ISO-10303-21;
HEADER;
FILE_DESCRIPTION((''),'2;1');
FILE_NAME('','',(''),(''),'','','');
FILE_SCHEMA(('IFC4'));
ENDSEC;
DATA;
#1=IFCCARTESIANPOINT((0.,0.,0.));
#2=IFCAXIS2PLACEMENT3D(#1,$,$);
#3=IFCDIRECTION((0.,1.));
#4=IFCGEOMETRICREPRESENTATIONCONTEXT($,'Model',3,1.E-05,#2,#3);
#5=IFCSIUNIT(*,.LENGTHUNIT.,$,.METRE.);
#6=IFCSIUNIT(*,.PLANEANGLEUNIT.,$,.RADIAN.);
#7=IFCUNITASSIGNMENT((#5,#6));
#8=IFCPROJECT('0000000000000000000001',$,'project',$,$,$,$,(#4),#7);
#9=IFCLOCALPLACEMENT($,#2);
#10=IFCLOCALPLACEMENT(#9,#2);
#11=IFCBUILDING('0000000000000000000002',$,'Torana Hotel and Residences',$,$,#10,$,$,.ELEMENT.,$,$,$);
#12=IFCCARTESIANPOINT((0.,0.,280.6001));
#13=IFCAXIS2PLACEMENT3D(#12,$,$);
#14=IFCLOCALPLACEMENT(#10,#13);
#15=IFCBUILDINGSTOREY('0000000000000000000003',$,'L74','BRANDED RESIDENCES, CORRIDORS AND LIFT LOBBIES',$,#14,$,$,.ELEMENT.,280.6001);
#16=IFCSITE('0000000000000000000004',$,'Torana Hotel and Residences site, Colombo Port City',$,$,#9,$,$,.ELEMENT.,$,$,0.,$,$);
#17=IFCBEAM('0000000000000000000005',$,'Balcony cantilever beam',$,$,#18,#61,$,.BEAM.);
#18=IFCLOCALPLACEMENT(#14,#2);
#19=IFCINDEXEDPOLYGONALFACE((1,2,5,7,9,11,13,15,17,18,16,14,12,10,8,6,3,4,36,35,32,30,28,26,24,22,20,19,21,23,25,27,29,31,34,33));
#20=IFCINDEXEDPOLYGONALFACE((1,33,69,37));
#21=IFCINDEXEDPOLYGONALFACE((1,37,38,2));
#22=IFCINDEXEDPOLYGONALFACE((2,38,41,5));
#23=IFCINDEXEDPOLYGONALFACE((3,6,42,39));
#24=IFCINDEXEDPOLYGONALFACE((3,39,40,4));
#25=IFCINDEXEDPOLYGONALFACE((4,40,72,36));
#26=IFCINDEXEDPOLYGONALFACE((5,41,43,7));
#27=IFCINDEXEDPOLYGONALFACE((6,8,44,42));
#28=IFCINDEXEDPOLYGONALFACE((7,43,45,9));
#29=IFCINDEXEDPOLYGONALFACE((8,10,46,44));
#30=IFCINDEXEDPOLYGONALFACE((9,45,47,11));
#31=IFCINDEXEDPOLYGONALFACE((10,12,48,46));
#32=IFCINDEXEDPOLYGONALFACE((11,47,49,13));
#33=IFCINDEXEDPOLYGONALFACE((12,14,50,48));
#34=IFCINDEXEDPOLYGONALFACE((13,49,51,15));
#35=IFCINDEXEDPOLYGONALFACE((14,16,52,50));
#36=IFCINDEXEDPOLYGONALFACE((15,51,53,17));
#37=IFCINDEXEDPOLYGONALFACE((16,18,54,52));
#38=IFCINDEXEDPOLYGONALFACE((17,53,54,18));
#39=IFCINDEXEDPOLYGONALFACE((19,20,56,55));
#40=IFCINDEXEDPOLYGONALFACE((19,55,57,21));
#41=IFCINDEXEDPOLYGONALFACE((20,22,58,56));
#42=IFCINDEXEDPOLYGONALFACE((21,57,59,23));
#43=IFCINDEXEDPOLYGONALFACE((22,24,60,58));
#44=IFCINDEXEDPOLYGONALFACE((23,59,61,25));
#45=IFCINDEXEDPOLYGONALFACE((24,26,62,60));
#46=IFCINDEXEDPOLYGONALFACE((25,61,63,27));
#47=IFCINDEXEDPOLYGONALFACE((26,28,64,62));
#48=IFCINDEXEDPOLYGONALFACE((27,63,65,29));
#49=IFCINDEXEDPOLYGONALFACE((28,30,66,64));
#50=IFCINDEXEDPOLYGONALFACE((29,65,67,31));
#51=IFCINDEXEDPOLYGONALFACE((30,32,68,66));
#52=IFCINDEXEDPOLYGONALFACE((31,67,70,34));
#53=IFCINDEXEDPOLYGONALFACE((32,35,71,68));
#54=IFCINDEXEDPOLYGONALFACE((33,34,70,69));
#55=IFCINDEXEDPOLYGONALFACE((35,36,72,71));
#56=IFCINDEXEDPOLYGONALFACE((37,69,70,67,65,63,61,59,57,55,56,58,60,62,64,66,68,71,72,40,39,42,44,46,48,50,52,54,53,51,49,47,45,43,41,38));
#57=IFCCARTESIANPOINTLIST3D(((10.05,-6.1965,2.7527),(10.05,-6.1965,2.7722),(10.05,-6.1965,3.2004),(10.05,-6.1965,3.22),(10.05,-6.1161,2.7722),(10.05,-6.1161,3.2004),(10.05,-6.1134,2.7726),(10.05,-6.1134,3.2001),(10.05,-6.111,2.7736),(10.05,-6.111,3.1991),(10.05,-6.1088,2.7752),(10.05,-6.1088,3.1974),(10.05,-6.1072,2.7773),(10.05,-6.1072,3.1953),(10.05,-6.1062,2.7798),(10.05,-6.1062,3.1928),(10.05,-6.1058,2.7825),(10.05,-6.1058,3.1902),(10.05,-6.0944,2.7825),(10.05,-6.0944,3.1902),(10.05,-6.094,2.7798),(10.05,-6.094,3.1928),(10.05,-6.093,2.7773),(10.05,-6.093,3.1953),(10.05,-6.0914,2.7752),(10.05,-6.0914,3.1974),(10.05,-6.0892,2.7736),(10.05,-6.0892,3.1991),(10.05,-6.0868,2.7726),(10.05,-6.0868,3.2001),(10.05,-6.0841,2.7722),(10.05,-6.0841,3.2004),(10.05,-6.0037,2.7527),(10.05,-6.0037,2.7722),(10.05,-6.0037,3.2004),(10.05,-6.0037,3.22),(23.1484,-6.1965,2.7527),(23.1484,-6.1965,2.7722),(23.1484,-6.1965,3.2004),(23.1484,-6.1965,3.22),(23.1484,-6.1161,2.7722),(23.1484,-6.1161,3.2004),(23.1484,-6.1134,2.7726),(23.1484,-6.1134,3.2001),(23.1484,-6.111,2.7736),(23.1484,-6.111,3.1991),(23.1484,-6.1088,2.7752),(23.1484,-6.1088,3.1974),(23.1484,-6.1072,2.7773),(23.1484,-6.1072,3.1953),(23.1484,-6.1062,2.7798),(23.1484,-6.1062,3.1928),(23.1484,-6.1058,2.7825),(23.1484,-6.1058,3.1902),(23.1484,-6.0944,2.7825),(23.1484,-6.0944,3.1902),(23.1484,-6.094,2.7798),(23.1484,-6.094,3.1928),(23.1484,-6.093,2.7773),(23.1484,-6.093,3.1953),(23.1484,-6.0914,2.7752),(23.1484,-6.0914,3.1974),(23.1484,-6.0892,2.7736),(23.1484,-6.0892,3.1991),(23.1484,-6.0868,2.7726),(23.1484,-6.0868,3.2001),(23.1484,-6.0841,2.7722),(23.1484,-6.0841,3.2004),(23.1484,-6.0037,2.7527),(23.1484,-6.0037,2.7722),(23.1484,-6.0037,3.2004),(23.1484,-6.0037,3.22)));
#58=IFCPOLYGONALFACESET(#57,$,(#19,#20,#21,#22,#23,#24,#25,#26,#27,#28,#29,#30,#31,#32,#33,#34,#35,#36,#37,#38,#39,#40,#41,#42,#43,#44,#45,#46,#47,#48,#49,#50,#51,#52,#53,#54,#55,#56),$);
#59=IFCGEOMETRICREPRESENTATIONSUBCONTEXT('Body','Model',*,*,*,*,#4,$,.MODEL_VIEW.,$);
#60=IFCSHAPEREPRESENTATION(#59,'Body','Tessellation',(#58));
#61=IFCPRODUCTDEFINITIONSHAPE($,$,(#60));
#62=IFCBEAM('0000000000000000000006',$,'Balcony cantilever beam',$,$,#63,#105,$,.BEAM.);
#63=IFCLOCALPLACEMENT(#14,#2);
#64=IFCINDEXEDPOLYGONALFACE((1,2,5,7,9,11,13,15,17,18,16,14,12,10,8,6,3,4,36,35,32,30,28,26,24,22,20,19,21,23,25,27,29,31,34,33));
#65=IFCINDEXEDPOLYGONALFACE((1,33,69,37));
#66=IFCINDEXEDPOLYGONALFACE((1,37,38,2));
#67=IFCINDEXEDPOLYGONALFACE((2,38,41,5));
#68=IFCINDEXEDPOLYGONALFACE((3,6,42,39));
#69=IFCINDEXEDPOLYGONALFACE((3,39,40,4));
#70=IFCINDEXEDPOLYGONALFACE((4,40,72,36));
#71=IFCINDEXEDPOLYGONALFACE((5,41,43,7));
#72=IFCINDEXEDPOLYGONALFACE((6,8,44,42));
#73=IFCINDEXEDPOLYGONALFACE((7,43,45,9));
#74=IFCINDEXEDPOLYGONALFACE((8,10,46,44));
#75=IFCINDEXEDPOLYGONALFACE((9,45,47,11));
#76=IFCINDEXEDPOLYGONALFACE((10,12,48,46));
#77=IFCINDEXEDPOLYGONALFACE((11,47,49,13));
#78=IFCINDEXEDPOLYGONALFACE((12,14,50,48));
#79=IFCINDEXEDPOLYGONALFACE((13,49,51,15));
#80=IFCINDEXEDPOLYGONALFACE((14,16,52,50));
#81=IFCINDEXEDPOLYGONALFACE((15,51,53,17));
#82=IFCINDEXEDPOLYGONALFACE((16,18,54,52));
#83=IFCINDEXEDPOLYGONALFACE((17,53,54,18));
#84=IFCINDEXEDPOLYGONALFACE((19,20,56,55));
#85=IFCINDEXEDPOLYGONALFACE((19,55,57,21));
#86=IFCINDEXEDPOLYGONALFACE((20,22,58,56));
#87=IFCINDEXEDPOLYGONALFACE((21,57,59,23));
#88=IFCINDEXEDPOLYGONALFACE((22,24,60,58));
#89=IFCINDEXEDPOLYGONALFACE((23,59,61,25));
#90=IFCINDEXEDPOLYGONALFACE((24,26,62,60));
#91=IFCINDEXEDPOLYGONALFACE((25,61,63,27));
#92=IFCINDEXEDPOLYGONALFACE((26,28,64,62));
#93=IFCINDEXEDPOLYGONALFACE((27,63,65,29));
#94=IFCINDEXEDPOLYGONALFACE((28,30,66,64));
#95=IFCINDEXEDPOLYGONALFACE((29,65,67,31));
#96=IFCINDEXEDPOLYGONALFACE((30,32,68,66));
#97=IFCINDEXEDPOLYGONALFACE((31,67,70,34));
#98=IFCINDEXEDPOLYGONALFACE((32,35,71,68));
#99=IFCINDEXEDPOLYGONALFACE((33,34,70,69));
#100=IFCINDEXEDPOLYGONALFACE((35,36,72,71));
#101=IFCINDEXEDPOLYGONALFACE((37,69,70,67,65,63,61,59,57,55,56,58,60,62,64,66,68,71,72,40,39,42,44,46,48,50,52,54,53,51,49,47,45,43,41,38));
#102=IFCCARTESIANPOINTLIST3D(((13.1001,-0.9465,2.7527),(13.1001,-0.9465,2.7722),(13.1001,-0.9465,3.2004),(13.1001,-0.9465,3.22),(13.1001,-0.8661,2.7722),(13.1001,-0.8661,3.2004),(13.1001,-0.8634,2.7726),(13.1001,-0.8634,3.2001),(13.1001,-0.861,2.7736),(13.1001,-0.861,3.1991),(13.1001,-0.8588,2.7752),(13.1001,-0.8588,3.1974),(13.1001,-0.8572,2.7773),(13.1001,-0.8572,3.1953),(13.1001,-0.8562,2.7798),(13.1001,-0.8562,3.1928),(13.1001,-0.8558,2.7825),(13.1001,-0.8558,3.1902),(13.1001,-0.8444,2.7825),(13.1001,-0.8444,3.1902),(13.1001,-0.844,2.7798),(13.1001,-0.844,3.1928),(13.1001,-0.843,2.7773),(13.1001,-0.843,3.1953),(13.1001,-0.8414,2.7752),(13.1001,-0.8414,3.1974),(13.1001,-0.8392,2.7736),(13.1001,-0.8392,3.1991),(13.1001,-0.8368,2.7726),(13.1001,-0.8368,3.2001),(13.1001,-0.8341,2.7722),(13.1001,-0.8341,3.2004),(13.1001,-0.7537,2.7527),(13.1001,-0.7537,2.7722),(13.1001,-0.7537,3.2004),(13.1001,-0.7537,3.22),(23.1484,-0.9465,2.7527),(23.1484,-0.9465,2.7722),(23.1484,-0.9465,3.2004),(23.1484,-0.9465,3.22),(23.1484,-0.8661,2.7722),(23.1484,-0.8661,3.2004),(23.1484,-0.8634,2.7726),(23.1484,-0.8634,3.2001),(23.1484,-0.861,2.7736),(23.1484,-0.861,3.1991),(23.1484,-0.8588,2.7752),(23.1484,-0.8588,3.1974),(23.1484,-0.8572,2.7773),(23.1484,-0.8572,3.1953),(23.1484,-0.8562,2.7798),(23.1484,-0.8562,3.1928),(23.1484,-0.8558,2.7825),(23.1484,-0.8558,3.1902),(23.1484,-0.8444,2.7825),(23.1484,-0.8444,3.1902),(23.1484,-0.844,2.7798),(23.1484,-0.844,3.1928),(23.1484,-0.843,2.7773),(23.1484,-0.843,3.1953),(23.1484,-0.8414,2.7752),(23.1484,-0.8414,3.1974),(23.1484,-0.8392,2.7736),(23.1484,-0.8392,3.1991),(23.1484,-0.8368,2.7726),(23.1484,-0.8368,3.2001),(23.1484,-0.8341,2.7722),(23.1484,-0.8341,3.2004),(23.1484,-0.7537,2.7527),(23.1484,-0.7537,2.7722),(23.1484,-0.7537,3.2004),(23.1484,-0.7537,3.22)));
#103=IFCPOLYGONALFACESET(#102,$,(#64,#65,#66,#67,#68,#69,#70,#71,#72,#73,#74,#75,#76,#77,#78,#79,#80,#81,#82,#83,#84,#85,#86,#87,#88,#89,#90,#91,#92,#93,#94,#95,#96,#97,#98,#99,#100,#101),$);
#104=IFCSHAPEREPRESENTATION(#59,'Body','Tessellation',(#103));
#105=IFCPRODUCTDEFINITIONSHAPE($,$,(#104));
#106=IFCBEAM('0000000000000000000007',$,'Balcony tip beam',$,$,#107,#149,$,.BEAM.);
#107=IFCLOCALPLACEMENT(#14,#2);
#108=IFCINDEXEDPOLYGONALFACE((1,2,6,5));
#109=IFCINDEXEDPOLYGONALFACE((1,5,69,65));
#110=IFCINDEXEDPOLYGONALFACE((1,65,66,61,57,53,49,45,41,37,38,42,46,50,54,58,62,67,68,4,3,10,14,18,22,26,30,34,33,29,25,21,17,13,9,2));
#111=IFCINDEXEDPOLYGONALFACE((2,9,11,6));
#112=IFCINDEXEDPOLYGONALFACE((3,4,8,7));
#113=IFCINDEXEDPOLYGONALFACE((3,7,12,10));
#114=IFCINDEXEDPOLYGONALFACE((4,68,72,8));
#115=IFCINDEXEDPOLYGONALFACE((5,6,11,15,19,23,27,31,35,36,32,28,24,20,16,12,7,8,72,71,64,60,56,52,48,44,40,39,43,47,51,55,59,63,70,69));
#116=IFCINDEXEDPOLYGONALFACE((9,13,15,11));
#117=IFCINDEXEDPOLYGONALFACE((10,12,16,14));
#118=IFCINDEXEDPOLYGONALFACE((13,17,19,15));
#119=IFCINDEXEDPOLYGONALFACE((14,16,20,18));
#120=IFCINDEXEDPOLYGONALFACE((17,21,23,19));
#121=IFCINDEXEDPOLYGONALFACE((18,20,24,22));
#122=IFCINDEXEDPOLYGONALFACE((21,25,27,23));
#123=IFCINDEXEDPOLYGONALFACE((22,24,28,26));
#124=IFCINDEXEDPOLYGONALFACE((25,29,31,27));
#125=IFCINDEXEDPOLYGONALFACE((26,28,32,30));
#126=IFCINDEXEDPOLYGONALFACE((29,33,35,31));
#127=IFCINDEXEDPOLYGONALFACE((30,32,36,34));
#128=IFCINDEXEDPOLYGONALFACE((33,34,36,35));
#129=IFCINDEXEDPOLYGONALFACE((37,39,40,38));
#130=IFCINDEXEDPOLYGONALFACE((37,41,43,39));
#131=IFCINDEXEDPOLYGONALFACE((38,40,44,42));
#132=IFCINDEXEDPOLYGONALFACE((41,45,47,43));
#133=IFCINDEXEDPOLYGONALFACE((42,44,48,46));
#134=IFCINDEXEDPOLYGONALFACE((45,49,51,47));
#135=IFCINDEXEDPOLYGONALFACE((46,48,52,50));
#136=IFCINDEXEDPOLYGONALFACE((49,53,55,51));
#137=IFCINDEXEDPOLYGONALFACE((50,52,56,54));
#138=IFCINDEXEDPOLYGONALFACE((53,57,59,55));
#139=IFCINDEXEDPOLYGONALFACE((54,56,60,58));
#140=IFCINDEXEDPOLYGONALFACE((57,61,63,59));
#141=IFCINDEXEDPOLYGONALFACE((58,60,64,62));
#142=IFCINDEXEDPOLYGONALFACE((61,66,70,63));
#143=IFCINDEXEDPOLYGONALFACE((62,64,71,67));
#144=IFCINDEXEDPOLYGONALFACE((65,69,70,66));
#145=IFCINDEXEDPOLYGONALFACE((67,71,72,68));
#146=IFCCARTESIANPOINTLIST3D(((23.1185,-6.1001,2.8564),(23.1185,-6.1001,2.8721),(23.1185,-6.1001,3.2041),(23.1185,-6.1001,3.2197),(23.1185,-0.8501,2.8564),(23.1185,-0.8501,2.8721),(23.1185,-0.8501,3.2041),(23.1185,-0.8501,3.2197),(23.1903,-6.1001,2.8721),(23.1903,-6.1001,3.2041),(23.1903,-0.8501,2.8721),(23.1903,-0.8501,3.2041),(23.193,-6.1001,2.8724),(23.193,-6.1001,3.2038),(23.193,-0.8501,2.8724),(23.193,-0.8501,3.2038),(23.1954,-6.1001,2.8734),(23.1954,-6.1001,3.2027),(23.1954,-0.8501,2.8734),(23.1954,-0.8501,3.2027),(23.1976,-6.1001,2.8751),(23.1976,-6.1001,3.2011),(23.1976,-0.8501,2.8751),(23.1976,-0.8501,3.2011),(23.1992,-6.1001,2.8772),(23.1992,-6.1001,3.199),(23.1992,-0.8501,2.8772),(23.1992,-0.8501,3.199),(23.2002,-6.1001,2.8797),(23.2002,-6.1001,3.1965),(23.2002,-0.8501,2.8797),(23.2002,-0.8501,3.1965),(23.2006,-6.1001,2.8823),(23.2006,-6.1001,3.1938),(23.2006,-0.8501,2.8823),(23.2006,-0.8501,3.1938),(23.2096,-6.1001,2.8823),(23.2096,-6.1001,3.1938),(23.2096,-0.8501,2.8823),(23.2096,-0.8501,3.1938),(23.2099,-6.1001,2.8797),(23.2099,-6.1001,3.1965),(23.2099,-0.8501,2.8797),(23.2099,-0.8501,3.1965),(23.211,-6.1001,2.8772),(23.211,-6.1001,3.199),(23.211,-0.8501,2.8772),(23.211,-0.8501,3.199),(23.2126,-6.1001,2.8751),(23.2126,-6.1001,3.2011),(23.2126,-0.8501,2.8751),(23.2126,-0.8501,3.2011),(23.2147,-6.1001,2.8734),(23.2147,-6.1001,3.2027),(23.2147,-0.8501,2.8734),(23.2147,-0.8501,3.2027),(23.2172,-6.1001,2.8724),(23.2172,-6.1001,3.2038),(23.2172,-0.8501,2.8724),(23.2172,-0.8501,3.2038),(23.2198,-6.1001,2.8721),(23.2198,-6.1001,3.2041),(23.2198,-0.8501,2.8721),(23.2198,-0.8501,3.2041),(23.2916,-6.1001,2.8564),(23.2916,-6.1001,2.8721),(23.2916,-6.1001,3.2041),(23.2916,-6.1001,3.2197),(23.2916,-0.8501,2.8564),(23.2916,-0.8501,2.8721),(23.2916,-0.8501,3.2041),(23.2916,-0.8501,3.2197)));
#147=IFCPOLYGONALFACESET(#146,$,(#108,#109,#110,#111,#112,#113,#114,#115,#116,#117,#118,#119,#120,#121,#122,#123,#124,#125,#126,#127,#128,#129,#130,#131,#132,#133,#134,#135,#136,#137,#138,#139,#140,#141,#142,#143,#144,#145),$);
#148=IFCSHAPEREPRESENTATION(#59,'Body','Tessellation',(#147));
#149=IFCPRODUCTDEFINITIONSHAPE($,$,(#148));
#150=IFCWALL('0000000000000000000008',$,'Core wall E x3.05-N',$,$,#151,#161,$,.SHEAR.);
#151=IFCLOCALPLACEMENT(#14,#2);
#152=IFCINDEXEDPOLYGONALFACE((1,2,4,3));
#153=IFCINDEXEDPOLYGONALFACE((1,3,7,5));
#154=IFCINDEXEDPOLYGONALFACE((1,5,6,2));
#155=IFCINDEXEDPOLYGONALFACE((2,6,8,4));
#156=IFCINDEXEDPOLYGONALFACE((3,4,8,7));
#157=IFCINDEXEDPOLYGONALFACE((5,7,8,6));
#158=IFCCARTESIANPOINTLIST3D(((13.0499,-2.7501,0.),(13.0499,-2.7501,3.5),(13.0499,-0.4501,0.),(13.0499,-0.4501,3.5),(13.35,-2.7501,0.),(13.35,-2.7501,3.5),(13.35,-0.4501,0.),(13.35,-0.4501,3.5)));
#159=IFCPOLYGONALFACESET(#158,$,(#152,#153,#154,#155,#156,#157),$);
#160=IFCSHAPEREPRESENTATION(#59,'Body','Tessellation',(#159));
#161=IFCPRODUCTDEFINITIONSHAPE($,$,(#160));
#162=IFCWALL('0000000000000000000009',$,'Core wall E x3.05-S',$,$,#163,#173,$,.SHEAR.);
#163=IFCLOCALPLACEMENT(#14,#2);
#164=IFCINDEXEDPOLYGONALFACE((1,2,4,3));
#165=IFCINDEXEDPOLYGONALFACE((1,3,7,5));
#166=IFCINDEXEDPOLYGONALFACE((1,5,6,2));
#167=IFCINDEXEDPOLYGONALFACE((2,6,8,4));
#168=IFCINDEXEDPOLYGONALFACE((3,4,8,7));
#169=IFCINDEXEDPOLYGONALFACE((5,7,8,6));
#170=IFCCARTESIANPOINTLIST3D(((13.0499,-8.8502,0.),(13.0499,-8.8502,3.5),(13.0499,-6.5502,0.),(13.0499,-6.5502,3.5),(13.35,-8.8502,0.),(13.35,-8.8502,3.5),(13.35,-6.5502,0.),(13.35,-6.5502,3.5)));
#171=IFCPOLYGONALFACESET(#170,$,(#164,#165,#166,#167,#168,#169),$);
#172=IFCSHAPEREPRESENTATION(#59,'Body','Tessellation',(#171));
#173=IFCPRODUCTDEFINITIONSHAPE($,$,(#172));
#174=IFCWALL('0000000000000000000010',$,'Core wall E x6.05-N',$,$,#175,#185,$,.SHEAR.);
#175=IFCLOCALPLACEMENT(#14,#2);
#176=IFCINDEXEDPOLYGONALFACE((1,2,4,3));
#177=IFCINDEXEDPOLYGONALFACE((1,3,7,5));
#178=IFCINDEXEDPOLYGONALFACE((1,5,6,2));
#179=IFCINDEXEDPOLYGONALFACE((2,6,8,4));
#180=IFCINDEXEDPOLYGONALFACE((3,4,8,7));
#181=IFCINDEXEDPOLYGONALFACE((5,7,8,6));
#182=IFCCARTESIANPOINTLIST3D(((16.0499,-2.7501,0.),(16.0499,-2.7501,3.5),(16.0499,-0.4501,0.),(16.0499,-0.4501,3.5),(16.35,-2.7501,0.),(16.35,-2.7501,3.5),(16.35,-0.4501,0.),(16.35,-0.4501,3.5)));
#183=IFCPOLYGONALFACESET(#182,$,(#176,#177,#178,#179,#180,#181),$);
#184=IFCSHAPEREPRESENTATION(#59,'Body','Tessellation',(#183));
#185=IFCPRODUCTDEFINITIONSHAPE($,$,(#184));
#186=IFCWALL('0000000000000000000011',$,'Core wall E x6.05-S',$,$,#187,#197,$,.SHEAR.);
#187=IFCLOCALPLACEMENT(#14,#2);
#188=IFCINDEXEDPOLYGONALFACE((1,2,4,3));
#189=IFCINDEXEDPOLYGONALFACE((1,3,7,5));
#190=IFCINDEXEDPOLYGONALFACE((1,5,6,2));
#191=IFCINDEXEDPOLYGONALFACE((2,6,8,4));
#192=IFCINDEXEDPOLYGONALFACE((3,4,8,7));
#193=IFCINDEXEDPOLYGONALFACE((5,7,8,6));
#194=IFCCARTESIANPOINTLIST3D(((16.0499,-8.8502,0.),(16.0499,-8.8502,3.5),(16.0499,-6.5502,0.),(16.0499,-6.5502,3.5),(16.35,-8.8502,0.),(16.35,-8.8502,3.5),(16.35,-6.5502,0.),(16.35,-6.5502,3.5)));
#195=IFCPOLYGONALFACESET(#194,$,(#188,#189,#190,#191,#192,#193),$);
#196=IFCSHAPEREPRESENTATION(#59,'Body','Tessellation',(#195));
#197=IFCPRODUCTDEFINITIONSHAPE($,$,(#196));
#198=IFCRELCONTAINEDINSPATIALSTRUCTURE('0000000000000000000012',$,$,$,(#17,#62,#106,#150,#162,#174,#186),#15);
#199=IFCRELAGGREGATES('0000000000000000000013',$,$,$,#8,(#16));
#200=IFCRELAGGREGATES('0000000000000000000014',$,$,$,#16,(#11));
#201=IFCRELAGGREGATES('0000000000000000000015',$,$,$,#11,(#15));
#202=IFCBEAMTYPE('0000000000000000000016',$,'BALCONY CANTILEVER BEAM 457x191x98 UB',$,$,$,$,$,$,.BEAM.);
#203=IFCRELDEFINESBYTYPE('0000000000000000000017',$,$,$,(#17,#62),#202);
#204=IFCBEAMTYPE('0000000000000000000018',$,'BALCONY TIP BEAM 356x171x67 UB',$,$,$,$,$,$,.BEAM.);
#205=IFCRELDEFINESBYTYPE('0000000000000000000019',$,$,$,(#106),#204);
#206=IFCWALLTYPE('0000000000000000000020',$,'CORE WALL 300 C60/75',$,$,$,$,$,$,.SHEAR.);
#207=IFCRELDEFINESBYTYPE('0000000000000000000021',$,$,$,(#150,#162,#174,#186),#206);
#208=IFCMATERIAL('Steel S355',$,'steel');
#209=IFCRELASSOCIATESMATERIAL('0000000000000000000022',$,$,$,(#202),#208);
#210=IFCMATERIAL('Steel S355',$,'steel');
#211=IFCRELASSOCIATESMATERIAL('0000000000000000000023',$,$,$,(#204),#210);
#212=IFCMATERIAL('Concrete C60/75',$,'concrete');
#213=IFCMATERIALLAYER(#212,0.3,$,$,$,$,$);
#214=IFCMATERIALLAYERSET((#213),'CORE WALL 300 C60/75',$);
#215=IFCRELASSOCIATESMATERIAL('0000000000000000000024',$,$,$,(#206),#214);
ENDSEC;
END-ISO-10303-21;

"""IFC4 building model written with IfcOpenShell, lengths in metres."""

from ifc_helpers import new_model, si_unit, direction, frame, frame_2d, origin, origin_2d, place, context, subcontext, project, spatial, rectangle, i_section, extrude, material, layer, layer_set, material_profile, profile_set, type_object, element, save


model = new_model("IFC4")

# Units and contexts
model_context = context("Model", 3, precision=1e-05, world=origin(), true_north=direction((0.0, 1.0)))
body_context = subcontext(model_context, "Body", "Model", "MODEL_VIEW")
ifc_project = project(units=[si_unit("LENGTHUNIT", "METRE"), si_unit("PLANEANGLEUNIT", "RADIAN")], contexts=[model_context])

# Site, building, storey
site_placement = place(None, origin())
site = spatial("IfcSite", under=ifc_project, at=site_placement, Name="Torana Hotel and Residences site, Colombo Port City", CompositionType="ELEMENT", RefElevation=0.0)
building_placement = place(site_placement, origin())
building = spatial("IfcBuilding", under=site, at=building_placement, Name="Torana Hotel and Residences", CompositionType="ELEMENT")
storey_placement = place(building_placement, frame((0.0, 0.0, 280.6001)))
storey = spatial("IfcBuildingStorey", under=building, at=storey_placement, Name="L74", Description="BRANDED RESIDENCES, CORRIDORS AND LIFT LOBBIES", CompositionType="ELEMENT", Elevation=280.6001)

# Beams
ifc_material_1 = material(Name="Steel S355", Category="steel")
ifc_material_profile_1 = material_profile(ifc_material_1, i_section(OverallWidth=0.1929, OverallDepth=0.4673, WebThickness=0.0115, FlangeThickness=0.0195, FilletRadius=0.0103, at=origin_2d()), Name="457x191x98 UB")
ifc_profile_set_1 = profile_set([ifc_material_profile_1], Name="Steel S355")
beam_type_1 = type_object("IfcBeamType", Name="BALCONY CANTILEVER BEAM 457x191x98 UB", PredefinedType="BEAM", material=ifc_profile_set_1)
beam_1_placement = place(storey_placement, frame((23.1484, -6.1001, 2.9863), z_axis=(-1.0, 0.0, 0.0), x_axis=(0.0, -1.0, 0.0)))
element("IfcBeam", 1, at=beam_1_placement, inside=storey, type_object=beam_type_1, Name="Balcony cantilever beam", PredefinedType="BEAM", context=body_context, shape_type="SweptSolid", body=[
    extrude(i_section(OverallWidth=0.1929, OverallDepth=0.4673, WebThickness=0.0115, FlangeThickness=0.0195, FilletRadius=0.0103, at=origin_2d()), origin(), (0.0, 0.0, 1.0), 13.0984),
])
beam_2_placement = place(storey_placement, frame((23.1484, -0.8501, 2.9863), z_axis=(-1.0, 0.0, 0.0), x_axis=(0.0, -1.0, 0.0)))
element("IfcBeam", 2, at=beam_2_placement, inside=storey, type_object=beam_type_1, Name="Balcony cantilever beam", PredefinedType="BEAM", context=body_context, shape_type="SweptSolid", body=[
    extrude(i_section(OverallWidth=0.1929, OverallDepth=0.4673, WebThickness=0.0115, FlangeThickness=0.0195, FilletRadius=0.0103, at=origin_2d()), origin(), (0.0, 0.0, 1.0), 10.0483),
])
ifc_material_2 = material(Name="Steel S355", Category="steel")
ifc_material_profile_2 = material_profile(ifc_material_2, i_section(OverallWidth=0.1731, OverallDepth=0.3633, WebThickness=0.009, FlangeThickness=0.0156, FilletRadius=0.0103, at=origin_2d()), Name="356x171x67 UB")
ifc_profile_set_2 = profile_set([ifc_material_profile_2], Name="Steel S355")
beam_type_2 = type_object("IfcBeamType", Name="BALCONY TIP BEAM 356x171x67 UB", PredefinedType="BEAM", material=ifc_profile_set_2)
beam_3_placement = place(storey_placement, frame((23.2051, -6.1001, 3.0381), z_axis=(0.0, 1.0, 0.0), x_axis=(-1.0, 0.0, 0.0)))
element("IfcBeam", 3, at=beam_3_placement, inside=storey, type_object=beam_type_2, Name="Balcony tip beam", PredefinedType="BEAM", context=body_context, shape_type="SweptSolid", body=[
    extrude(i_section(OverallWidth=0.1731, OverallDepth=0.3633, WebThickness=0.009, FlangeThickness=0.0156, FilletRadius=0.0103, at=origin_2d()), origin(), (0.0, 0.0, 1.0), 5.25),
])

# Walls
ifc_material_3 = material(Name="Concrete C60/75", Category="concrete")
ifc_layer_1 = layer(ifc_material_3, 0.3)
ifc_layer_set_1 = layer_set([ifc_layer_1], Name="CORE WALL 300 C60/75")
wall_type_1 = type_object("IfcWallType", Name="CORE WALL 300 C60/75", PredefinedType="SHEAR", material=ifc_layer_set_1)
for number, where, z_axis, x_axis, name in (
    (4, (13.2, -2.75, 0.0), (0.0, 0.0, 1.0), (0.0, 1.0, 0.0), "Core wall E x3.05-N"),
    (5, (13.2, -8.8501, 0.0), (0.0, 0.0, 1.0), (0.0, 1.0, 0.0), "Core wall E x3.05-S"),
    (6, (16.2, -2.75, 0.0), (0.0, 0.0, 1.0), (0.0, 1.0, 0.0), "Core wall E x6.05-N"),
    (7, (16.2, -8.8501, 0.0), (0.0, 0.0, 1.0), (0.0, 1.0, 0.0), "Core wall E x6.05-S"),
):
    element("IfcWall", number, at=place(storey_placement, frame(where, z_axis=z_axis, x_axis=x_axis)), inside=storey, type_object=wall_type_1, Name=name, PredefinedType="SHEAR", context=body_context, shape_type="SweptSolid", body=[
        extrude(rectangle(XDim=2.3, YDim=0.3, at=frame_2d((1.1499, 0.0))), origin(), (0.0, 0.0, 1.0), 3.5),
    ])

save(model, "model.ifc")
